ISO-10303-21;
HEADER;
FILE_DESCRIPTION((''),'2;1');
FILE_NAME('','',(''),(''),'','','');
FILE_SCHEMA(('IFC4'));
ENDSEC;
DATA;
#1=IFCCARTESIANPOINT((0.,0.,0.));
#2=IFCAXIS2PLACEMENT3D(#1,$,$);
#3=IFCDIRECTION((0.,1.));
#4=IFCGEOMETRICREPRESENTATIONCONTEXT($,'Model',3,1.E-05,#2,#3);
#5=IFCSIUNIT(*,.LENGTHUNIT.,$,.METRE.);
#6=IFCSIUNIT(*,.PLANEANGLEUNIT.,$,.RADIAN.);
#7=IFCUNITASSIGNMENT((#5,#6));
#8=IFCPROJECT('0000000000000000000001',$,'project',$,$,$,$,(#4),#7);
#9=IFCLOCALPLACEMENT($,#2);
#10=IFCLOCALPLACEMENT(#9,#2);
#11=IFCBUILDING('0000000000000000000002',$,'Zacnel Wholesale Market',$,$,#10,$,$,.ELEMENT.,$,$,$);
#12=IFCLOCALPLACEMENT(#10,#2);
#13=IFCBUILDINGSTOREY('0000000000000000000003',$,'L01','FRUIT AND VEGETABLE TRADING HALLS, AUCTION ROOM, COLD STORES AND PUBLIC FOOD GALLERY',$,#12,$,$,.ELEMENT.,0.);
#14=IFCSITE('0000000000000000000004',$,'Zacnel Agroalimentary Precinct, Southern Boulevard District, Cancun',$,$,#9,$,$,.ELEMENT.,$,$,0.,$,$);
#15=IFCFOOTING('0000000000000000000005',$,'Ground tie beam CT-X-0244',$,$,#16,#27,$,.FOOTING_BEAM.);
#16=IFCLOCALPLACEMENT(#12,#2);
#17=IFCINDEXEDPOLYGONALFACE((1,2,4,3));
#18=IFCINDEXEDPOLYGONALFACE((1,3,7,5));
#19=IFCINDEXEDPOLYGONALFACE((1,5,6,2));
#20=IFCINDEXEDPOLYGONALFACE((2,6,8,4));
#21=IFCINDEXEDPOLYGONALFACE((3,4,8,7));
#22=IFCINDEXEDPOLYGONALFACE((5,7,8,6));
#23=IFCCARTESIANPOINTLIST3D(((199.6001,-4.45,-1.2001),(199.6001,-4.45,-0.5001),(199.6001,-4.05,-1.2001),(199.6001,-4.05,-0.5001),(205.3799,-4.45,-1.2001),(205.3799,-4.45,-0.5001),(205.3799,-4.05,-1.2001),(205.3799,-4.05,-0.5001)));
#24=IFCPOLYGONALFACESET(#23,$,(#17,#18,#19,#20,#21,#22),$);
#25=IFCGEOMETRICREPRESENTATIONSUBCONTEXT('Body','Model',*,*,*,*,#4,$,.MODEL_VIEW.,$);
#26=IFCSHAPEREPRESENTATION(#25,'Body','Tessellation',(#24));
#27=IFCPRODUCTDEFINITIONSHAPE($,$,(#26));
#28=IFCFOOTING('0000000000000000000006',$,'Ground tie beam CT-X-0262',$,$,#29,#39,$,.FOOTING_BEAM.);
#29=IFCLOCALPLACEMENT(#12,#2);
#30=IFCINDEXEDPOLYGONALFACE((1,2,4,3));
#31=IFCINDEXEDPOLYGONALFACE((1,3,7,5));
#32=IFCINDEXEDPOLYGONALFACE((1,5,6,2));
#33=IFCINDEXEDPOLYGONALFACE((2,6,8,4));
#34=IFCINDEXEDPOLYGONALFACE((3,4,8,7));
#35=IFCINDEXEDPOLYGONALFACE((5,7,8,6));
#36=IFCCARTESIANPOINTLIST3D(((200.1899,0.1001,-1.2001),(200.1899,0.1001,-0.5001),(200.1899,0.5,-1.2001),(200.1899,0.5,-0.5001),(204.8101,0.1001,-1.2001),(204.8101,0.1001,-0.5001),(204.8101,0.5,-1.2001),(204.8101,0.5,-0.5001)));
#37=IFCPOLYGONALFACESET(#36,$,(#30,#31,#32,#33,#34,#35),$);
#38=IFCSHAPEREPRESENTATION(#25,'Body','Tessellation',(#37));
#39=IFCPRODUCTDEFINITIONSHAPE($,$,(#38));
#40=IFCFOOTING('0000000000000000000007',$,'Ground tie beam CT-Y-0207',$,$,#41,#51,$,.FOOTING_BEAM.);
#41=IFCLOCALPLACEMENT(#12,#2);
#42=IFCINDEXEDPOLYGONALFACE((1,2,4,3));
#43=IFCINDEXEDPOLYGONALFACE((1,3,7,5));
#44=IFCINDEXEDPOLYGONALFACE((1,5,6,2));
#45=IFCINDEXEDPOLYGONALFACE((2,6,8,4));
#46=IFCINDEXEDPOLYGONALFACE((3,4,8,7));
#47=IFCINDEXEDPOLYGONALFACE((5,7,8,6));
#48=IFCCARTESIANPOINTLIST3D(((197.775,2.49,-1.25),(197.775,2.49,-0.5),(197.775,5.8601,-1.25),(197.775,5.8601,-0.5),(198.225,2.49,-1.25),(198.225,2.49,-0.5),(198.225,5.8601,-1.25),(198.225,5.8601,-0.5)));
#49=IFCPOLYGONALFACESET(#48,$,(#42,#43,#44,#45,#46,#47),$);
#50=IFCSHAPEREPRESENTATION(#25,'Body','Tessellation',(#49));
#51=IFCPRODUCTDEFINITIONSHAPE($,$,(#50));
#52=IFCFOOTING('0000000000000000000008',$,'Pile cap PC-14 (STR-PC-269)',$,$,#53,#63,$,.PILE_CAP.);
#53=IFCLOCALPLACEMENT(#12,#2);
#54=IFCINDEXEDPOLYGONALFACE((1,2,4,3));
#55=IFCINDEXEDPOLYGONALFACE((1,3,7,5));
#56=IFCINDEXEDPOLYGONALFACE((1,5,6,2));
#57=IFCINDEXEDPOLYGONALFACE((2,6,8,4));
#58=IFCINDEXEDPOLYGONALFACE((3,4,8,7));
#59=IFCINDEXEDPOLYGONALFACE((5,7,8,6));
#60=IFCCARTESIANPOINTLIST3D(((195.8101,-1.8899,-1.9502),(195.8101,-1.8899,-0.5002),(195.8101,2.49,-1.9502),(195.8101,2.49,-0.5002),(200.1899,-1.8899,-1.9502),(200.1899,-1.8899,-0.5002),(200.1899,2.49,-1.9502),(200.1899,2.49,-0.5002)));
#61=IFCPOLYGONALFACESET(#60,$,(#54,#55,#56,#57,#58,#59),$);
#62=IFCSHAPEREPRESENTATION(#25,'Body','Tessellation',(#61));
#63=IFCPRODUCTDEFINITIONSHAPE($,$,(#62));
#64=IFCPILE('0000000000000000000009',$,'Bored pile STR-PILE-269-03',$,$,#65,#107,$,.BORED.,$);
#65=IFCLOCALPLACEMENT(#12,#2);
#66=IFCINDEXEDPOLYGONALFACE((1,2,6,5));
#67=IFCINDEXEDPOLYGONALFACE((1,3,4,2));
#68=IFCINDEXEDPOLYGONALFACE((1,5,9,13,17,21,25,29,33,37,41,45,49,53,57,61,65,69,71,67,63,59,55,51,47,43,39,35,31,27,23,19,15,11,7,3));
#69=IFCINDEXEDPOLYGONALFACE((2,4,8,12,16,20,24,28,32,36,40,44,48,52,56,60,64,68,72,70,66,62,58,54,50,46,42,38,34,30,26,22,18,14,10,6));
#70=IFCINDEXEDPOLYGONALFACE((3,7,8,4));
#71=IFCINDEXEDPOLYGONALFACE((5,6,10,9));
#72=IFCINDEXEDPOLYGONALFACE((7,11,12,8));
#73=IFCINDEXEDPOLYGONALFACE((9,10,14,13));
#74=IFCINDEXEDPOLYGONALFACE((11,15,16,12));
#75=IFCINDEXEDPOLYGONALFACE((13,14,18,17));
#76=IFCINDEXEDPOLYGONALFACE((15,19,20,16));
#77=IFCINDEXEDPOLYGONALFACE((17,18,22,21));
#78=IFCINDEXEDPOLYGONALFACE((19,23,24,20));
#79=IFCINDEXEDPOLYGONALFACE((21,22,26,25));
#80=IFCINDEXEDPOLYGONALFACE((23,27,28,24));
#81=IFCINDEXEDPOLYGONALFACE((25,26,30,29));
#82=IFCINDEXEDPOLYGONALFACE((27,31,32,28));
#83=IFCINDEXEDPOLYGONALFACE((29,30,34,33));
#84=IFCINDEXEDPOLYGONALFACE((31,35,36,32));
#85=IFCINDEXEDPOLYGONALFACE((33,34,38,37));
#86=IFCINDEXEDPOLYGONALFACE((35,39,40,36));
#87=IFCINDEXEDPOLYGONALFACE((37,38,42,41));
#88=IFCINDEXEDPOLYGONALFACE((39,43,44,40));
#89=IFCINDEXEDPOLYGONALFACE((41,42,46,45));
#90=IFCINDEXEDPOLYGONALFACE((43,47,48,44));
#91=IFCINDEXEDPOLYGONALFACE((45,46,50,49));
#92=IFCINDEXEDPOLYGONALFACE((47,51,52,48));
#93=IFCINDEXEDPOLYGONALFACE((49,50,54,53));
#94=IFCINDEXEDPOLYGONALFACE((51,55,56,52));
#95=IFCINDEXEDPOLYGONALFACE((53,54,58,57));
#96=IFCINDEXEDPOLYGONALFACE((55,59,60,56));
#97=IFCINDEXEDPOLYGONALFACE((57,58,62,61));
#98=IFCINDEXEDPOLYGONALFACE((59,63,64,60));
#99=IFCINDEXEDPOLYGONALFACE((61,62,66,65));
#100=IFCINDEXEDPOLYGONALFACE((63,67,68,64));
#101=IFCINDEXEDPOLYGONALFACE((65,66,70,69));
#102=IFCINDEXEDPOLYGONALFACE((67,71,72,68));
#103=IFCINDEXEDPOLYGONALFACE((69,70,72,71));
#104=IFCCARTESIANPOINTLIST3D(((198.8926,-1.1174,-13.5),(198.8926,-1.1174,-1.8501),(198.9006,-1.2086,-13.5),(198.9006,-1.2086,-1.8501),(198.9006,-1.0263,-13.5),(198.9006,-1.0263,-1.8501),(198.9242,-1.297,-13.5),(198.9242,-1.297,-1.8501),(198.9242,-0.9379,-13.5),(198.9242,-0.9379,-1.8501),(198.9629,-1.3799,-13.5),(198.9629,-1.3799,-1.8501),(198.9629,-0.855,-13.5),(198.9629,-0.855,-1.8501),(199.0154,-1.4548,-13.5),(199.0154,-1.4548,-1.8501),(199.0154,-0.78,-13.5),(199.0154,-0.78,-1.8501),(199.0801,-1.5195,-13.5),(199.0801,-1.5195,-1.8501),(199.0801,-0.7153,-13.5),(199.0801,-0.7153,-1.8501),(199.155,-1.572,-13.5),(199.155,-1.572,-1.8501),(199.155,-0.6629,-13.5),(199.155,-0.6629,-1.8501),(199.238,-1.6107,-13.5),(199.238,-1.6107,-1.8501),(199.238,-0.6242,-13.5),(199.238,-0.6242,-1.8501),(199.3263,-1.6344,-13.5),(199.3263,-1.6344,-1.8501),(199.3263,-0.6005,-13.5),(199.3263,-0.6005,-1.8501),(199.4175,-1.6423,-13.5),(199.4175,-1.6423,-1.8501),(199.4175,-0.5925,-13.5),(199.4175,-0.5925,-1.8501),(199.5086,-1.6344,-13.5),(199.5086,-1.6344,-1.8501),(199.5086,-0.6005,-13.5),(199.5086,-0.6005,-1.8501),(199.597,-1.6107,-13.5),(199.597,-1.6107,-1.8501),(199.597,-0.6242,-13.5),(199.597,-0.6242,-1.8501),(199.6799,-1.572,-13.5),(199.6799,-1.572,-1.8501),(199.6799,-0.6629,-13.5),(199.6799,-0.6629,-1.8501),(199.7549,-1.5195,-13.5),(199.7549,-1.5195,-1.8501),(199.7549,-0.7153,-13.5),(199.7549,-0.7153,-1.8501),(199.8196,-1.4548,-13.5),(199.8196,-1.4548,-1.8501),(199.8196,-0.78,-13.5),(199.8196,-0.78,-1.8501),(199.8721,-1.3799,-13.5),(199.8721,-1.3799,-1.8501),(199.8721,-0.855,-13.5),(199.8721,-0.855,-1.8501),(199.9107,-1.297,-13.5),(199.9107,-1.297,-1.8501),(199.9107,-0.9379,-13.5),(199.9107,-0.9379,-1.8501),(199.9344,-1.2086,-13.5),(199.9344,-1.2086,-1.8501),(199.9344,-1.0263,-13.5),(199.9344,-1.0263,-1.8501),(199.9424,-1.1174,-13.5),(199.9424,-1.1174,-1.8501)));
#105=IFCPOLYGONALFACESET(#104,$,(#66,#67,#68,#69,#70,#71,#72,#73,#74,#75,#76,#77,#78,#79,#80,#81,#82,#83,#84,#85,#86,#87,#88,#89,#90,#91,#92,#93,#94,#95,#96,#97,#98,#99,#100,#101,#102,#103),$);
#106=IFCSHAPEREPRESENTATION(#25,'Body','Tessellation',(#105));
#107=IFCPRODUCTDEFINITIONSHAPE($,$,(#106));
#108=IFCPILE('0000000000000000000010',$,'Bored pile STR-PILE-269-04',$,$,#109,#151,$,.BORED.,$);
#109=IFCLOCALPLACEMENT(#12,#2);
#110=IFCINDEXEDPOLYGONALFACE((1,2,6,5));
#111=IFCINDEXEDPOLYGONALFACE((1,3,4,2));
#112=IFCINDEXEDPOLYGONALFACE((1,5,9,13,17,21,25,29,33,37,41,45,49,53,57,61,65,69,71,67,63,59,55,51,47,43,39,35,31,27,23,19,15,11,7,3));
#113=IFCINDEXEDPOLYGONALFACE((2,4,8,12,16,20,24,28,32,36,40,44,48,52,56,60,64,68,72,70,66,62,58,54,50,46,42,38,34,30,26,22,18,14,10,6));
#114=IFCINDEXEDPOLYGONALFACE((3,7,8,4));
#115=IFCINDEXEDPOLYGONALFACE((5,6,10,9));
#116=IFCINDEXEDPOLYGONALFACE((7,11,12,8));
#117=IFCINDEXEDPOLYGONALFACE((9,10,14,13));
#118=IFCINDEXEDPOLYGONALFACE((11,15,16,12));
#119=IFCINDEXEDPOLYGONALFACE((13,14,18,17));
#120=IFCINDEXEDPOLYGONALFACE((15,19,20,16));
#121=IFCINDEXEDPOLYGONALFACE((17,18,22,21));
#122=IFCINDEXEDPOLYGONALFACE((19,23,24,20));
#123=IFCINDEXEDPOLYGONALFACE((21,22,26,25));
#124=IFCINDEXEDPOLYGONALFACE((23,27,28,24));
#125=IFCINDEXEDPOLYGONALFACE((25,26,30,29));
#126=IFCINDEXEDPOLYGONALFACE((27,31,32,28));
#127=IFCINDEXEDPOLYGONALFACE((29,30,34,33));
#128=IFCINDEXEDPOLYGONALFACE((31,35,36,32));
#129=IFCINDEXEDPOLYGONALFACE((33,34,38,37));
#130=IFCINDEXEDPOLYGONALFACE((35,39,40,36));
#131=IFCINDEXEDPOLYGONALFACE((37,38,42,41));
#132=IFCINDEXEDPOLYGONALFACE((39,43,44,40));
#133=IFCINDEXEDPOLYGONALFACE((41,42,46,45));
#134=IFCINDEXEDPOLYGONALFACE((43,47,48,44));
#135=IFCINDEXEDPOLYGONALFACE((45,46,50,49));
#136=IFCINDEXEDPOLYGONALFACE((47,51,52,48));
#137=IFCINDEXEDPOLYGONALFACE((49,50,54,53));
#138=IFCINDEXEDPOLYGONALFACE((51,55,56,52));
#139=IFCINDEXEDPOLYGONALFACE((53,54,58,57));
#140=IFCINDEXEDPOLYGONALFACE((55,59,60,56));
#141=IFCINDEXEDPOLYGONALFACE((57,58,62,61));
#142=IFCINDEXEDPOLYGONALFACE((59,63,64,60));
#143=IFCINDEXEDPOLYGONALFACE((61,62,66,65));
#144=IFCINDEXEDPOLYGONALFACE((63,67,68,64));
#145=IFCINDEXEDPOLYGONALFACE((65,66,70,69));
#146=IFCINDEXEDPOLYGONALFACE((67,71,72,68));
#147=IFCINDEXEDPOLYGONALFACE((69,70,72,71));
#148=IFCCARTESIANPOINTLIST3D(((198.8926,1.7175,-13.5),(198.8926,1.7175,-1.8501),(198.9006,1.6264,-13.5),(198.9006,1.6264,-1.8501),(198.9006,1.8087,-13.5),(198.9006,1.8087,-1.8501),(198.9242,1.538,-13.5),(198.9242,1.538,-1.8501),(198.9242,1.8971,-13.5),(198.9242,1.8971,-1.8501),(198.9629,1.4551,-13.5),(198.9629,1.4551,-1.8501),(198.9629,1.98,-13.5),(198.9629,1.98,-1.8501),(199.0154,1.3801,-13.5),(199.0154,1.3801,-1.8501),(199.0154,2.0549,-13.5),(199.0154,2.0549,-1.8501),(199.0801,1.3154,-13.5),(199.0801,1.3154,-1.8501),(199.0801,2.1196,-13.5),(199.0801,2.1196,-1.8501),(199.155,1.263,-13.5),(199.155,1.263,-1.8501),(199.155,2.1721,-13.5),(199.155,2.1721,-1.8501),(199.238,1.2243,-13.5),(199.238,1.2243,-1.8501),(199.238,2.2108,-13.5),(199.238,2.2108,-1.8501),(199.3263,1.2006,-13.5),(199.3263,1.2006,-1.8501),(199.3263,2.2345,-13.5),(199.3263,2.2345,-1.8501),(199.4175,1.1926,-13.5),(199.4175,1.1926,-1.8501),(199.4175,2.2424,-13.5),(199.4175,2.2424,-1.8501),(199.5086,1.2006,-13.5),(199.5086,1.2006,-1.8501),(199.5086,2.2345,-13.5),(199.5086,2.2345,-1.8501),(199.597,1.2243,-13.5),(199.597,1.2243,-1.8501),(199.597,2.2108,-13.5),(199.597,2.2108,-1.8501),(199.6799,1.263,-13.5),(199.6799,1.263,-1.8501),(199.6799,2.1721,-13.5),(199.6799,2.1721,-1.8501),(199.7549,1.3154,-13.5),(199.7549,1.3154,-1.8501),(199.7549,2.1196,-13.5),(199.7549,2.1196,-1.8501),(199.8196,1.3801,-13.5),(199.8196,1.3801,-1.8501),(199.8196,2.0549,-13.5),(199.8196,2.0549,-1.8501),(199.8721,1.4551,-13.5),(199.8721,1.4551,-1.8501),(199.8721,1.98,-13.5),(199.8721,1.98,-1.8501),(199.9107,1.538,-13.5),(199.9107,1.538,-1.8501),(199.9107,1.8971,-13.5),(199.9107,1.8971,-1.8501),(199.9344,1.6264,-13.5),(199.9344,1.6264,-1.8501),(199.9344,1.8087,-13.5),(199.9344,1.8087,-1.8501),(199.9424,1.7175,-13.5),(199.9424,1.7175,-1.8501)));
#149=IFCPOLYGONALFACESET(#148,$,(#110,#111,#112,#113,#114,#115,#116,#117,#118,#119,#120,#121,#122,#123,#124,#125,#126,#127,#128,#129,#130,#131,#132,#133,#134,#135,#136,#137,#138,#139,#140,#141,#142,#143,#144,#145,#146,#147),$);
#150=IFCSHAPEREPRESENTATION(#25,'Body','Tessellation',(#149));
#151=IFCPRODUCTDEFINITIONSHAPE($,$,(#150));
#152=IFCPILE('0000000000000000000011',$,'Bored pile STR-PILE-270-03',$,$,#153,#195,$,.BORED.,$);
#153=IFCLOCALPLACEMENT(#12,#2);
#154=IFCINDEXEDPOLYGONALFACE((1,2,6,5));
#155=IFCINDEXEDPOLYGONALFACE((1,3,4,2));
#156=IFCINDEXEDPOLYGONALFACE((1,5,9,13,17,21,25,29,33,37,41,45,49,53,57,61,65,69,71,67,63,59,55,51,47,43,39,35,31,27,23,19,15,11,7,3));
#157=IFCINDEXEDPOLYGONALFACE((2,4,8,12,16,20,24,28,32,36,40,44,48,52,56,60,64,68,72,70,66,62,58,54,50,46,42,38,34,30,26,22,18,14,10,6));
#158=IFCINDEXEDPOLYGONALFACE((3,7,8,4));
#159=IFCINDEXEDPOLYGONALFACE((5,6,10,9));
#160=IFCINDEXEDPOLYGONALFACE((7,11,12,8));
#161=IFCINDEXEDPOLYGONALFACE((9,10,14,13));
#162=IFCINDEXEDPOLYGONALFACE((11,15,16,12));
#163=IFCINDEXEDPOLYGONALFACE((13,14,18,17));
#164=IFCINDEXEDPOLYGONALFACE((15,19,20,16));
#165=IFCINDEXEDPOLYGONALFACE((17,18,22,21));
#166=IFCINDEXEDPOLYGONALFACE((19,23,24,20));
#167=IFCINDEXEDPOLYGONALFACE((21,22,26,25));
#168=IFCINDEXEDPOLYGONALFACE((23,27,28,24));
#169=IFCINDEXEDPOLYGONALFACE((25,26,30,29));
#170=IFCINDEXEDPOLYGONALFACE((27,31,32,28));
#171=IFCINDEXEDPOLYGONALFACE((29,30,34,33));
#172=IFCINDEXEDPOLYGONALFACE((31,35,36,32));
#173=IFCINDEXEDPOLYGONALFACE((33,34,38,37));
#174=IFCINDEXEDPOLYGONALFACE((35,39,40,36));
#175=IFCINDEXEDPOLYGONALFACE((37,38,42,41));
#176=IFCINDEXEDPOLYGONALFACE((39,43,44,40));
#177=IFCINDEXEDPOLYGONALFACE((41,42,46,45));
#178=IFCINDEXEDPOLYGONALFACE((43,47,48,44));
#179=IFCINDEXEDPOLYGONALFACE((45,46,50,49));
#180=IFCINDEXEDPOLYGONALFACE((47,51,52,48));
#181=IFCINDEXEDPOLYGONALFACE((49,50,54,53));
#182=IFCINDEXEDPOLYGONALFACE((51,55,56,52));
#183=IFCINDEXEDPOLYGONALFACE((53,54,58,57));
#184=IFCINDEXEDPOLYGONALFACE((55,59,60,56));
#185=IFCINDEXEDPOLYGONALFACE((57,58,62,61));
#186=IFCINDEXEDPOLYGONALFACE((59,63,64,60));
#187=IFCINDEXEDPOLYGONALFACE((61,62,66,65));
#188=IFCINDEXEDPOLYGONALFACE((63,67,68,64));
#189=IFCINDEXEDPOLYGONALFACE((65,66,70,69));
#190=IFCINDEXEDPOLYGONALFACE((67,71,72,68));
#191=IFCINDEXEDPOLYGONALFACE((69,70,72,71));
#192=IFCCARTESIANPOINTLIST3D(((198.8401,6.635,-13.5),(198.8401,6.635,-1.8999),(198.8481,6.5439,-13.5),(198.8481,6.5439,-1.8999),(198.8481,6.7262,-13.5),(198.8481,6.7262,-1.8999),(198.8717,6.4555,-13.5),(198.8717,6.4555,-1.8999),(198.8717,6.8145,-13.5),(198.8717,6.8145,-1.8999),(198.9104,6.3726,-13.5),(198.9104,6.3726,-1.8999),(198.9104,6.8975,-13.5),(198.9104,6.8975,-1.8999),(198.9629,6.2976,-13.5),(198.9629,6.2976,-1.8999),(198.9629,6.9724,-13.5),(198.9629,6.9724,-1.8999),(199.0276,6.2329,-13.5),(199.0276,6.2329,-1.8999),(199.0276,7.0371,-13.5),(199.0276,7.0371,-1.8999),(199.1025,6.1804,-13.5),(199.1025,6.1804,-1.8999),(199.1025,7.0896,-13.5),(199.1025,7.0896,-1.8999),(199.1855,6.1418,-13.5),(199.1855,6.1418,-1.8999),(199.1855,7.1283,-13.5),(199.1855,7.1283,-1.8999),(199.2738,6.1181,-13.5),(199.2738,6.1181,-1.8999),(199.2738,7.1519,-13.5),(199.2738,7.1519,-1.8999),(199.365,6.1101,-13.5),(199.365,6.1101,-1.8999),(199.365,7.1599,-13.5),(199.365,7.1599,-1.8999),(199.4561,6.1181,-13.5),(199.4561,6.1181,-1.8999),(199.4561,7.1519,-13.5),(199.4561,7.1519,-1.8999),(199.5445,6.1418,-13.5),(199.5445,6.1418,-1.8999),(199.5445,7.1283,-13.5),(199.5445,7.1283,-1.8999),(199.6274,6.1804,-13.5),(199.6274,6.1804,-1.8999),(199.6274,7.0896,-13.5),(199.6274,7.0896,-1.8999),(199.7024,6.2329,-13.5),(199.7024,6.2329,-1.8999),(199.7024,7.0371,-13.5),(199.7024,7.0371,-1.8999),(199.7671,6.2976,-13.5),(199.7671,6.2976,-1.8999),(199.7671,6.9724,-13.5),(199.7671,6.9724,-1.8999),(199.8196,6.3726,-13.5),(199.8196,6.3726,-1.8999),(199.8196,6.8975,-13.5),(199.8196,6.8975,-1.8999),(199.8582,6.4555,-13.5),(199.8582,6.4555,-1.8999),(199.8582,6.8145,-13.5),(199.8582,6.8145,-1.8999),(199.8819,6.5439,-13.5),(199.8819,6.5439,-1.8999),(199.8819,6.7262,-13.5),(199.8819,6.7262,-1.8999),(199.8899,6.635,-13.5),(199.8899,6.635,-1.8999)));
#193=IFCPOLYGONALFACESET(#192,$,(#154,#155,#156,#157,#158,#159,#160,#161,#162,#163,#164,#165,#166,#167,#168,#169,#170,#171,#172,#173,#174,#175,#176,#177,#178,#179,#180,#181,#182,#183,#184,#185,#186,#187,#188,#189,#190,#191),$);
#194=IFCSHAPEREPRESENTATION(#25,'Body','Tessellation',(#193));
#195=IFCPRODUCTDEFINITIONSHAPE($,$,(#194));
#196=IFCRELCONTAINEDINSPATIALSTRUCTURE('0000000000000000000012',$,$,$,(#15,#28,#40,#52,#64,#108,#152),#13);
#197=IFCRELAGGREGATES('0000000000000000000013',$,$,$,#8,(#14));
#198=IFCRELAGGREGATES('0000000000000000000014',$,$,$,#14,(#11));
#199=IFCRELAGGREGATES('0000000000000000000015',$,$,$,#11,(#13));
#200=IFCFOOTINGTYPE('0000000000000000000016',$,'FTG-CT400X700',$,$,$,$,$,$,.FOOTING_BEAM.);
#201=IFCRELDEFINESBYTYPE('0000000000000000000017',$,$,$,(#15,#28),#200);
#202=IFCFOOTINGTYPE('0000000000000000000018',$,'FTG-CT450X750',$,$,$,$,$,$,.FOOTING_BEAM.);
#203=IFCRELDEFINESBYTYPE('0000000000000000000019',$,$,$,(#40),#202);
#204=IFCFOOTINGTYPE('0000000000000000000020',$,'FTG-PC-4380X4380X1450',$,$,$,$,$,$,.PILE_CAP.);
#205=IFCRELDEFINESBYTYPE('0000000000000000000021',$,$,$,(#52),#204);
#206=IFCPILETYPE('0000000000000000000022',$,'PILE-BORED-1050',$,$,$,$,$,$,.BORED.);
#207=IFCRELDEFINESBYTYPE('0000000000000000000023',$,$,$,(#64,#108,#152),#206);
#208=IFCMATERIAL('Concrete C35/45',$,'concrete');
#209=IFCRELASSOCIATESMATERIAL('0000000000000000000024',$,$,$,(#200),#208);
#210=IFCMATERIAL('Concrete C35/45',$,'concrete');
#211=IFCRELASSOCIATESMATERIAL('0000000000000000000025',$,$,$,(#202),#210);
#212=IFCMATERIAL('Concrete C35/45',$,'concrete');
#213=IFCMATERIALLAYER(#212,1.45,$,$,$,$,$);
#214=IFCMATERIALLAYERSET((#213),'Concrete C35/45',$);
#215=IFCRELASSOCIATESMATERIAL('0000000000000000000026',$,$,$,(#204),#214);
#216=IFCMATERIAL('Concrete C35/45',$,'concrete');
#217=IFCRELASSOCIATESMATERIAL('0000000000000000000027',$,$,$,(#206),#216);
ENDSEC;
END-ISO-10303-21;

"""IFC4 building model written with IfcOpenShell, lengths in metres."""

from ifc_helpers import new_model, si_unit, direction, frame, origin, origin_2d, place, context, subcontext, project, spatial, rectangle, circle, extrude, material, layer, layer_set, material_profile, profile_set, type_object, element, save


model = new_model("IFC4")

# Units and contexts
model_context = context("Model", 3, precision=1e-05, world=origin(), true_north=direction((0.0, 1.0)))
body_context = subcontext(model_context, "Body", "Model", "MODEL_VIEW")
ifc_project = project(units=[si_unit("LENGTHUNIT", "METRE"), si_unit("PLANEANGLEUNIT", "RADIAN")], contexts=[model_context])

# Site, building, storey
site_placement = place(None, origin())
site = spatial("IfcSite", under=ifc_project, at=site_placement, Name="Zacnel Agroalimentary Precinct, Southern Boulevard District, Cancun", CompositionType="ELEMENT", RefElevation=0.0)
building_placement = place(site_placement, origin())
building = spatial("IfcBuilding", under=site, at=building_placement, Name="Zacnel Wholesale Market", CompositionType="ELEMENT")
storey_placement = place(building_placement, origin())
storey = spatial("IfcBuildingStorey", under=building, at=storey_placement, Name="L01", Description="FRUIT AND VEGETABLE TRADING HALLS, AUCTION ROOM, COLD STORES AND PUBLIC FOOD GALLERY", CompositionType="ELEMENT", Elevation=0.0)

# Footings
ifc_material_1 = material(Name="Concrete C35/45", Category="concrete")
ifc_material_profile_1 = material_profile(ifc_material_1, rectangle(XDim=0.3999, YDim=0.7, at=origin_2d()), Name="CT 400x700")
ifc_profile_set_1 = profile_set([ifc_material_profile_1], Name="Concrete C35/45")
footing_type_1 = type_object("IfcFootingType", Name="FTG-CT400X700", PredefinedType="FOOTING_BEAM", material=ifc_profile_set_1)
footing_1_placement = place(storey_placement, frame((199.6001, -4.25, -0.8501), z_axis=(1.0, 0.0, 0.0), x_axis=(0.0, 1.0, 0.0)))
element("IfcFooting", 1, at=footing_1_placement, inside=storey, type_object=footing_type_1, Name="Ground tie beam CT-X-0244", PredefinedType="FOOTING_BEAM", context=body_context, shape_type="SweptSolid", body=[
    extrude(rectangle(XDim=0.3999, YDim=0.7, at=origin_2d()), origin(), (0.0, 0.0, 1.0), 5.7798),
])
footing_2_placement = place(storey_placement, frame((200.1899, 0.3, -0.8501), z_axis=(1.0, 0.0, 0.0), x_axis=(0.0, 1.0, 0.0)))
element("IfcFooting", 2, at=footing_2_placement, inside=storey, type_object=footing_type_1, Name="Ground tie beam CT-X-0262", PredefinedType="FOOTING_BEAM", context=body_context, shape_type="SweptSolid", body=[
    extrude(rectangle(XDim=0.3999, YDim=0.7, at=origin_2d()), origin(), (0.0, 0.0, 1.0), 4.6201),
])
ifc_material_2 = material(Name="Concrete C35/45", Category="concrete")
ifc_material_profile_2 = material_profile(ifc_material_2, rectangle(XDim=0.45, YDim=0.75, at=origin_2d()), Name="CT 450x750")
ifc_profile_set_2 = profile_set([ifc_material_profile_2], Name="Concrete C35/45")
footing_type_2 = type_object("IfcFootingType", Name="FTG-CT450X750", PredefinedType="FOOTING_BEAM", material=ifc_profile_set_2)
footing_3_placement = place(storey_placement, frame((198.0, 2.49, -0.875), z_axis=(0.0, 1.0, 0.0), x_axis=(-1.0, 0.0, 0.0)))
element("IfcFooting", 3, at=footing_3_placement, inside=storey, type_object=footing_type_2, Name="Ground tie beam CT-Y-0207", PredefinedType="FOOTING_BEAM", context=body_context, shape_type="SweptSolid", body=[
    extrude(rectangle(XDim=0.45, YDim=0.75, at=origin_2d()), origin(), (0.0, 0.0, 1.0), 3.3701),
])
ifc_material_3 = material(Name="Concrete C35/45", Category="concrete")
ifc_layer_1 = layer(ifc_material_3, 1.45)
ifc_layer_set_1 = layer_set([ifc_layer_1], Name="Concrete C35/45")
footing_type_3 = type_object("IfcFootingType", Name="FTG-PC-4380X4380X1450", PredefinedType="PILE_CAP", material=ifc_layer_set_1)
footing_4_placement = place(storey_placement, frame((198.0, 0.3, -1.9502), z_axis=(0.0, 0.0, 1.0), x_axis=(1.0, 0.0, 0.0)))
element("IfcFooting", 4, at=footing_4_placement, inside=storey, type_object=footing_type_3, Name="Pile cap PC-14 (STR-PC-269)", PredefinedType="PILE_CAP", context=body_context, shape_type="SweptSolid", body=[
    extrude(rectangle(XDim=4.3799, YDim=4.3799, at=origin_2d()), origin(), (0.0, 0.0, 1.0), 1.45),
])

# Piles
ifc_material_4 = material(Name="Concrete C35/45", Category="concrete")
ifc_material_profile_3 = material_profile(ifc_material_4, circle(Radius=0.5249, at=origin_2d()), Name="BORED PILE D1050")
ifc_profile_set_3 = profile_set([ifc_material_profile_3], Name="Concrete C35/45")
pile_type_1 = type_object("IfcPileType", Name="PILE-BORED-1050", PredefinedType="BORED", material=ifc_profile_set_3)
for number, where, z_axis, x_axis, name in (
    (5, (199.4175, -1.1174, -1.8501), (0.0, 0.0, -1.0), (1.0, 0.0, 0.0), "Bored pile STR-PILE-269-03"),
    (6, (199.4175, 1.7175, -1.8501), (0.0, 0.0, -1.0), (1.0, 0.0, 0.0), "Bored pile STR-PILE-269-04"),
):
    element("IfcPile", number, at=place(storey_placement, frame(where, z_axis=z_axis, x_axis=x_axis)), inside=storey, type_object=pile_type_1, Name=name, PredefinedType="BORED", context=body_context, shape_type="SweptSolid", body=[
        extrude(circle(Radius=0.5249, at=origin_2d()), origin(), (0.0, 0.0, 1.0), 11.6499),
    ])
pile_placement = place(storey_placement, frame((199.365, 6.635, -1.8999), z_axis=(0.0, 0.0, -1.0), x_axis=(1.0, 0.0, 0.0)))
element("IfcPile", 7, at=pile_placement, inside=storey, type_object=pile_type_1, Name="Bored pile STR-PILE-270-03", PredefinedType="BORED", context=body_context, shape_type="SweptSolid", body=[
    extrude(circle(Radius=0.5249, at=origin_2d()), origin(), (0.0, 0.0, 1.0), 11.6001),
])

save(model, "model.ifc")
